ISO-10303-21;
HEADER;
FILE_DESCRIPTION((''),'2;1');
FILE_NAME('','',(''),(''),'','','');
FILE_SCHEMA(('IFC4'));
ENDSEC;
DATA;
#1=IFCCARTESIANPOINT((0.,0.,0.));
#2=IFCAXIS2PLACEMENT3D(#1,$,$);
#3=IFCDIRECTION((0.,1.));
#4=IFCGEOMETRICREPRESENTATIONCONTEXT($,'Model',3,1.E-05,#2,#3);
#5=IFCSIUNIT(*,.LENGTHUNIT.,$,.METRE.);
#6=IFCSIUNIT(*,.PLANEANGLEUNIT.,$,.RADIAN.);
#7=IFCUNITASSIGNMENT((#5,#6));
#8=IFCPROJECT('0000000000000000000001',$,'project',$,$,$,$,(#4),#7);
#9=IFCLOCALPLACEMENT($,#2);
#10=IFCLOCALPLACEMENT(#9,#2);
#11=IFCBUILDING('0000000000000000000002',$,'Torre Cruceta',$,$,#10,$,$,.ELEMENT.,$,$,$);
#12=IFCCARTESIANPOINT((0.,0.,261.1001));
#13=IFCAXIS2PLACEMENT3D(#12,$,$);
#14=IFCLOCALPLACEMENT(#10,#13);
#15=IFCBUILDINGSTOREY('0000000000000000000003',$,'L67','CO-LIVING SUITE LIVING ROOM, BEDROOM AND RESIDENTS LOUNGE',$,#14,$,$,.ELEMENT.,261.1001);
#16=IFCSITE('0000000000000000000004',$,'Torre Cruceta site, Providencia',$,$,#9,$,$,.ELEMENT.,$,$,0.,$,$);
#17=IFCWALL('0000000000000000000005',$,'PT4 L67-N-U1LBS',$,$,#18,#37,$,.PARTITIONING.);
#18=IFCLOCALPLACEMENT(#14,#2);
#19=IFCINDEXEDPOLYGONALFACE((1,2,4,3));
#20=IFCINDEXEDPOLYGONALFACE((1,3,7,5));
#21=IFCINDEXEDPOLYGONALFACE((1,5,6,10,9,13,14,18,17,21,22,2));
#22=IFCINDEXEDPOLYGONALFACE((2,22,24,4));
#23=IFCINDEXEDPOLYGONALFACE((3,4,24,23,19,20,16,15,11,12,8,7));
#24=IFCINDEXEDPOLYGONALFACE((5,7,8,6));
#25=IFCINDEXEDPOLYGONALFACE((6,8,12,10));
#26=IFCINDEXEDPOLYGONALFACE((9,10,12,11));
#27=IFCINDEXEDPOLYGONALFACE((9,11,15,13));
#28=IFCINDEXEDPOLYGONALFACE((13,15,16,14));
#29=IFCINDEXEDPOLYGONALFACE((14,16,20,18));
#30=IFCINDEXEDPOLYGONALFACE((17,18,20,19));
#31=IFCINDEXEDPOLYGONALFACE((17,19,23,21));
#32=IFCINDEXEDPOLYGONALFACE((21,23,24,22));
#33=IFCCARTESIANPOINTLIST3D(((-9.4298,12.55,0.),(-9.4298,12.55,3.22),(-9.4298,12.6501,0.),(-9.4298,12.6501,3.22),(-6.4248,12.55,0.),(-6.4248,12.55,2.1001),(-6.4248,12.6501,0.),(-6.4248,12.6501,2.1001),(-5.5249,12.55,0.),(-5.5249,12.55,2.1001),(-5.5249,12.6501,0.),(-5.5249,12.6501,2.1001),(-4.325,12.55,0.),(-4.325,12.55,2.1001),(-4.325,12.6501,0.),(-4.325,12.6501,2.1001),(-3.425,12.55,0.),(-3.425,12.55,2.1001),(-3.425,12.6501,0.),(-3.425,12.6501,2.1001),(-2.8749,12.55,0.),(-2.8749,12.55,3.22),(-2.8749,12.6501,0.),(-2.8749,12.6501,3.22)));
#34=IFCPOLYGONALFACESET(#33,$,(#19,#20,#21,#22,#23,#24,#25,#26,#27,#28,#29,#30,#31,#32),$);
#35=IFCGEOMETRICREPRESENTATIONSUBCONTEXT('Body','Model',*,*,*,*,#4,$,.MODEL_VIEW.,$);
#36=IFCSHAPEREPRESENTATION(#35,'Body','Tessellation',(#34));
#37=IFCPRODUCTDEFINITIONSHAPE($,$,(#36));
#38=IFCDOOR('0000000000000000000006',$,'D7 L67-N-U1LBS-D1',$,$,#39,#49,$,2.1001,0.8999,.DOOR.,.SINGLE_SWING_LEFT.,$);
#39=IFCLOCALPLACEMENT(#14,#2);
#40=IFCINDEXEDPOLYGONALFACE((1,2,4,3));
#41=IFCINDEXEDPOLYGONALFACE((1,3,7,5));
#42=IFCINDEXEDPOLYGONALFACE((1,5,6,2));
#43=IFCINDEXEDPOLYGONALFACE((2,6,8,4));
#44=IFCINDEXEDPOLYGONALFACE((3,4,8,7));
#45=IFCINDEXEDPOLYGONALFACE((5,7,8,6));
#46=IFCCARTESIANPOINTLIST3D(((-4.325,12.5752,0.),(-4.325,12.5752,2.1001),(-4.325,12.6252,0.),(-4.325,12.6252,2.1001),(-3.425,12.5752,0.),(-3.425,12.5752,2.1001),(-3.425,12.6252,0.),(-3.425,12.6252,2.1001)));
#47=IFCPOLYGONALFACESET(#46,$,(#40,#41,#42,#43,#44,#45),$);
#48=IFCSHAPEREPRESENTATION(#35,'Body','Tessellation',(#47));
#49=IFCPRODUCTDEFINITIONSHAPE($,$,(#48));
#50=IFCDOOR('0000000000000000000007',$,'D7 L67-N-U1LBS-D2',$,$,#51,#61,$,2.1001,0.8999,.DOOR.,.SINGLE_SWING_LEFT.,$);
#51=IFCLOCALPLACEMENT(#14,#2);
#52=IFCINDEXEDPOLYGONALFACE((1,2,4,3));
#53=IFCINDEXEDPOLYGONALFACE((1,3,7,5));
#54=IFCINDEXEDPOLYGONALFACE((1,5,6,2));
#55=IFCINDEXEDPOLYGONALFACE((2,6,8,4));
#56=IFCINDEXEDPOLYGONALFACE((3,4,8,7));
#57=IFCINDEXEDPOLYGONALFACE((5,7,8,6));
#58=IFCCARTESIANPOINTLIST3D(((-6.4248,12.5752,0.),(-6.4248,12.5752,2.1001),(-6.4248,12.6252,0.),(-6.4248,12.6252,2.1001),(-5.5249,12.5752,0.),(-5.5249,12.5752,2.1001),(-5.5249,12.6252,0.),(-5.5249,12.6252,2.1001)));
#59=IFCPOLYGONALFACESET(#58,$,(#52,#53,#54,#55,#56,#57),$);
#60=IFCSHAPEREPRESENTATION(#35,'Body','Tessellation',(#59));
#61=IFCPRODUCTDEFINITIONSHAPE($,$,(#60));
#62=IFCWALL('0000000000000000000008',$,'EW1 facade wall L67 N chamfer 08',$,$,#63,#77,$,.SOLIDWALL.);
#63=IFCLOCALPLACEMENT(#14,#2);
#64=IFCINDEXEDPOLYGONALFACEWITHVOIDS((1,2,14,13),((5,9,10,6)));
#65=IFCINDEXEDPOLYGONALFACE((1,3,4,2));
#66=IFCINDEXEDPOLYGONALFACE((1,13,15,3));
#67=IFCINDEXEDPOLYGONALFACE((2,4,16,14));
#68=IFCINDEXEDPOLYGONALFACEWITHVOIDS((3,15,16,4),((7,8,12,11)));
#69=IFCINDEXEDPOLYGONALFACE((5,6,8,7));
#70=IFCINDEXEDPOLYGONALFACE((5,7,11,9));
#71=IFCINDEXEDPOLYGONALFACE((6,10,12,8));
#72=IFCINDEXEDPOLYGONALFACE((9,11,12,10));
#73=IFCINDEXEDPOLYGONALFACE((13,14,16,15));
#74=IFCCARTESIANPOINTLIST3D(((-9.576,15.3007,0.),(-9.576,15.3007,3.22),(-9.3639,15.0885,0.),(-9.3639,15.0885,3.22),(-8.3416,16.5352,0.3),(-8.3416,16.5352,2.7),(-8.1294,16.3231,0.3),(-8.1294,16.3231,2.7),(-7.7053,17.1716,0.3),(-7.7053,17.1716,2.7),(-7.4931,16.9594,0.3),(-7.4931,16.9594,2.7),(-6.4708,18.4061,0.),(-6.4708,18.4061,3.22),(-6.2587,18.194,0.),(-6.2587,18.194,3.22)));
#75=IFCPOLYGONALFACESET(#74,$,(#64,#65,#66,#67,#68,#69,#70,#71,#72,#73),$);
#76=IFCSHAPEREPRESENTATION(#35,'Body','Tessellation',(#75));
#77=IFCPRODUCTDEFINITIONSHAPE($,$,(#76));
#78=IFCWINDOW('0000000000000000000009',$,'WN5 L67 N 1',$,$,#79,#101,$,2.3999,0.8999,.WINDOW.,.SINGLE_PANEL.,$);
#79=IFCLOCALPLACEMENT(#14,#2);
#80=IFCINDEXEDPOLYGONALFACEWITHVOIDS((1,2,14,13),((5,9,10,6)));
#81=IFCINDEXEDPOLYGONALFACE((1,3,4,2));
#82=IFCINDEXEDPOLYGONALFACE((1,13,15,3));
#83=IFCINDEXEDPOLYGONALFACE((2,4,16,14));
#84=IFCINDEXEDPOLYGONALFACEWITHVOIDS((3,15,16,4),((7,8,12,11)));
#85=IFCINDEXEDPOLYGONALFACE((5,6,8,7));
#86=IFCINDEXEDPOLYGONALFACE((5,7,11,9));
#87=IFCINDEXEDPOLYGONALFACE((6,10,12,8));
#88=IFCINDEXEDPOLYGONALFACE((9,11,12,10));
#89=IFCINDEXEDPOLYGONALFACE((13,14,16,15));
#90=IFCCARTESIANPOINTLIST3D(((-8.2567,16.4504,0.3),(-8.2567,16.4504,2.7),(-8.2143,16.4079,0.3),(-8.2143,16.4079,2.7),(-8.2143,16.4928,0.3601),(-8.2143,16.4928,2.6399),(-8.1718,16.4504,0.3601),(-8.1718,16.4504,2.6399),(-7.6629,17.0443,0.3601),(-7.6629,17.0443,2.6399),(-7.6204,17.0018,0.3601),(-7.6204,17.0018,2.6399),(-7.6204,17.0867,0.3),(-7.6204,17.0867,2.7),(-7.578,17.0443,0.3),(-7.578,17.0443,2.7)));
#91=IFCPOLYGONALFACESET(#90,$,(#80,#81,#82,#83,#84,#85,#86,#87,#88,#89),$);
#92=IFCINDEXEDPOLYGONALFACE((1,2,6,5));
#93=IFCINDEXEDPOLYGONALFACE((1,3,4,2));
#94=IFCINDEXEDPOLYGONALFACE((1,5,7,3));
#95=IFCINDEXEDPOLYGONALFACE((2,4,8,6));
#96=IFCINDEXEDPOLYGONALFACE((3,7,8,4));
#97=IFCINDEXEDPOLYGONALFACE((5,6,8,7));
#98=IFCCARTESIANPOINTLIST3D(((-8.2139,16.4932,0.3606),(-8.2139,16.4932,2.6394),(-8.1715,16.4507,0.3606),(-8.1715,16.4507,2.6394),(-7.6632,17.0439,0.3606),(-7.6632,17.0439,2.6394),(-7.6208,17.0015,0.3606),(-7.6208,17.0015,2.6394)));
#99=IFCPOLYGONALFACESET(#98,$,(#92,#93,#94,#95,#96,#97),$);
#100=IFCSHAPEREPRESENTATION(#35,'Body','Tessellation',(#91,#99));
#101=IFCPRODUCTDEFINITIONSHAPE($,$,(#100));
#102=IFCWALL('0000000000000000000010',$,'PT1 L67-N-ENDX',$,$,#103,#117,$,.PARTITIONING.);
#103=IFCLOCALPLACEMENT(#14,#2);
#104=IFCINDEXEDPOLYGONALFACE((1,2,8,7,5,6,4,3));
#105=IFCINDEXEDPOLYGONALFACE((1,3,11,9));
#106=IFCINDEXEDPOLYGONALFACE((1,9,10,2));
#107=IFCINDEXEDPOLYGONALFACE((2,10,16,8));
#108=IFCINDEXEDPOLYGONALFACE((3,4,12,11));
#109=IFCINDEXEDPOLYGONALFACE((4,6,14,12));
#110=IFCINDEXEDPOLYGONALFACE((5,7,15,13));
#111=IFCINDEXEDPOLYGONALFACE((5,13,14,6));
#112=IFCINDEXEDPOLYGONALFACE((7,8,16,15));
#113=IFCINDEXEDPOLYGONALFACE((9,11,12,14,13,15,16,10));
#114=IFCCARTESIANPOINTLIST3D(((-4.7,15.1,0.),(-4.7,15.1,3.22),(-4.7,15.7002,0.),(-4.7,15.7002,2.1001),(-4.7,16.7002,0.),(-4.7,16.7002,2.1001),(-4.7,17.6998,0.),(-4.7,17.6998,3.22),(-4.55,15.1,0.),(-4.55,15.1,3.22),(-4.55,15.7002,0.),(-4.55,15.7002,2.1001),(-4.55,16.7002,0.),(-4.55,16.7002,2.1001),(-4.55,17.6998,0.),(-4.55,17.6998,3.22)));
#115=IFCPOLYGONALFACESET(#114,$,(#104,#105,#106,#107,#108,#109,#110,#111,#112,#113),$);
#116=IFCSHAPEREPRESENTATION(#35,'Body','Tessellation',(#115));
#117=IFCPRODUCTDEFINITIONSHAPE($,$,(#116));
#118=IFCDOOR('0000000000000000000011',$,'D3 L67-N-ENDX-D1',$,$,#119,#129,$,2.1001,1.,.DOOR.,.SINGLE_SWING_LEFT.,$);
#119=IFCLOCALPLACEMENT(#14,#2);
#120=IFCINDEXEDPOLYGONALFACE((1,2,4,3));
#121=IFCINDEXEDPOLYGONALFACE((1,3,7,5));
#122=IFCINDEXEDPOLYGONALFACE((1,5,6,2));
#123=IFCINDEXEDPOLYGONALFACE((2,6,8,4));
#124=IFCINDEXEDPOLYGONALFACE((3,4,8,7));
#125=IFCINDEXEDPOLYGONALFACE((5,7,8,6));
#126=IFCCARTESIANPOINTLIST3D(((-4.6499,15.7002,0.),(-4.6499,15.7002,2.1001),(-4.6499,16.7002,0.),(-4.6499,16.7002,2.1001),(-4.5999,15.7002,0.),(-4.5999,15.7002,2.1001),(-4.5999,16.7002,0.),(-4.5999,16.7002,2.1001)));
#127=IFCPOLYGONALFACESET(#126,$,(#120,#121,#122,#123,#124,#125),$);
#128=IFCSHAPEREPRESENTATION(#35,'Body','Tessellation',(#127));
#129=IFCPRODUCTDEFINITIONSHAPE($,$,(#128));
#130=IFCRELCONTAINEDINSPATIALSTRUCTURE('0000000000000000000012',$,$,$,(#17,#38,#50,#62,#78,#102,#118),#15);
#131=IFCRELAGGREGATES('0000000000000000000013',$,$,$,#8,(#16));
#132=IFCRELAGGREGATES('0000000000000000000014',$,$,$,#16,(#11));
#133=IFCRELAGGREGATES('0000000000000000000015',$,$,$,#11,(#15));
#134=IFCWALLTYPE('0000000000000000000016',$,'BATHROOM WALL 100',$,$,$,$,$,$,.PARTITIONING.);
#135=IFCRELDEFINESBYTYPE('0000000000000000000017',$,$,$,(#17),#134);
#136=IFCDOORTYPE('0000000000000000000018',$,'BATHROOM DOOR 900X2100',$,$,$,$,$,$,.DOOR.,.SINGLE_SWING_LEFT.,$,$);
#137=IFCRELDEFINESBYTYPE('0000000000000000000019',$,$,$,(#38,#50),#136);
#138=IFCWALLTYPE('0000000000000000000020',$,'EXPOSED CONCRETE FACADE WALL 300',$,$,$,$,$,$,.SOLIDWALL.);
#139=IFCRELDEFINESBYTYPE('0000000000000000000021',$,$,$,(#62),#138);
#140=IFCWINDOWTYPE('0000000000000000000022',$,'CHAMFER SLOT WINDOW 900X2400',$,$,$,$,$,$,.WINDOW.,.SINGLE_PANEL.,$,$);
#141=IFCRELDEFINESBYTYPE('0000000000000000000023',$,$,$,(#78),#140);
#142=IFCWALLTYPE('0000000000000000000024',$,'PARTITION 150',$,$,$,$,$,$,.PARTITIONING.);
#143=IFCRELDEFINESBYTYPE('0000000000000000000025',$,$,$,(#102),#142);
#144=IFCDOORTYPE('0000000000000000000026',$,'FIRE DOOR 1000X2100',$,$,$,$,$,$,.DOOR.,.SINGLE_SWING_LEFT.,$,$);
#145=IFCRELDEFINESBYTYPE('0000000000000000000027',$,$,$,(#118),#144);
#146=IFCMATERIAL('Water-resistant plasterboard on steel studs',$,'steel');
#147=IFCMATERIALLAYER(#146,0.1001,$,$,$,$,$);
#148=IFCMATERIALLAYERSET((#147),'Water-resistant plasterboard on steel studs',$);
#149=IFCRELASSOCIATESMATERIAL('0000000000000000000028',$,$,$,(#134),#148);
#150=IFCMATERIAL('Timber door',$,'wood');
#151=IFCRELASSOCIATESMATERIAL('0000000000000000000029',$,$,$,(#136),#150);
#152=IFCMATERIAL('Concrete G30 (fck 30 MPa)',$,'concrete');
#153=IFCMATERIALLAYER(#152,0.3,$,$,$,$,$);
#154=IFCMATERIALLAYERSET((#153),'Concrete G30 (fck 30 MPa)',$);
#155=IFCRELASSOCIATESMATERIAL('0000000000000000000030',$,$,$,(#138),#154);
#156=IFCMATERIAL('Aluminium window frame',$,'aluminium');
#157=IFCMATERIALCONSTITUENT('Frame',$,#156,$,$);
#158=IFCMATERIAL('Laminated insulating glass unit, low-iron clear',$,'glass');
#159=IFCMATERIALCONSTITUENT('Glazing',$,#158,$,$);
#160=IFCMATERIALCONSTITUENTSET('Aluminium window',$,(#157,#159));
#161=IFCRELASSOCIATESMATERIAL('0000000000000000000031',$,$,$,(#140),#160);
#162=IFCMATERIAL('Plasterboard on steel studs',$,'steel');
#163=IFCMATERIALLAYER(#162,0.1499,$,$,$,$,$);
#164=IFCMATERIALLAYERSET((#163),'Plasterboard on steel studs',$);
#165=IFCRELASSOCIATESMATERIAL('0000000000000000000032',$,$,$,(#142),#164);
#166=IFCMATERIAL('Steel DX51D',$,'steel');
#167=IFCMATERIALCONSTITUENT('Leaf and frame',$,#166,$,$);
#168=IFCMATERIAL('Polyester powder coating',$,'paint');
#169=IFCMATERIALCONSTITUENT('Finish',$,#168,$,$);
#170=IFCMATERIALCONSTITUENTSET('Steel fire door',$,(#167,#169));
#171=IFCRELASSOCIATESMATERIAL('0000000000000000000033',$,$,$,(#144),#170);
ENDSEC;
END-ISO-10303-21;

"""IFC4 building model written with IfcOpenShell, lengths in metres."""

from ifc_helpers import new_model, si_unit, direction, frame, frame_2d, origin, place, context, subcontext, project, spatial, rectangle, hollow_rectangle, extrude, material, layer, layer_set, constituent, constituent_set, type_object, element, fill, save


model = new_model("IFC4")

# Units and contexts
model_context = context("Model", 3, precision=1e-05, world=origin(), true_north=direction((0.0, 1.0)))
body_context = subcontext(model_context, "Body", "Model", "MODEL_VIEW")
ifc_project = project(units=[si_unit("LENGTHUNIT", "METRE"), si_unit("PLANEANGLEUNIT", "RADIAN")], contexts=[model_context])

# Site, building, storey
site_placement = place(None, origin())
site = spatial("IfcSite", under=ifc_project, at=site_placement, Name="Torre Cruceta site, Providencia", CompositionType="ELEMENT", RefElevation=0.0)
building_placement = place(site_placement, origin())
building = spatial("IfcBuilding", under=site, at=building_placement, Name="Torre Cruceta", CompositionType="ELEMENT")
storey_placement = place(building_placement, frame((0.0, 0.0, 261.1001)))
storey = spatial("IfcBuildingStorey", under=building, at=storey_placement, Name="L67", Description="CO-LIVING SUITE LIVING ROOM, BEDROOM AND RESIDENTS LOUNGE", CompositionType="ELEMENT", Elevation=261.1001)

# Shared definitions
ifc_material_1 = material(Name="Water-resistant plasterboard on steel studs", Category="steel")
ifc_layer_1 = layer(ifc_material_1, 0.1001)
ifc_layer_set_1 = layer_set([ifc_layer_1], Name="Water-resistant plasterboard on steel studs")
wall_type_1 = type_object("IfcWallType", Name="BATHROOM WALL 100", PredefinedType="PARTITIONING", material=ifc_layer_set_1)

# Wall, openings, doors
wall_1_placement = place(storey_placement, frame((-2.875, 12.6001, 0.0), z_axis=(0.0, 0.0, 1.0), x_axis=(-1.0, 0.0, 0.0)))
wall_1 = element("IfcWall", 1, at=wall_1_placement, inside=storey, type_object=wall_type_1, Name="PT4 L67-N-U1LBS", PredefinedType="PARTITIONING", context=body_context, shape_type="SweptSolid", body=[
    extrude(rectangle(XDim=6.5549, YDim=0.1001, at=frame_2d((3.2773, 0.0))), origin(), (0.0, 0.0, 1.0), 3.22),
])
opening_1_placement = place(wall_1_placement, frame((0.55, 0.0, 0.0)))
opening_1 = element("IfcOpeningElement", 2, at=opening_1_placement, cuts=wall_1, PredefinedType="OPENING", context=body_context, shape_type="SweptSolid", body=[
    extrude(rectangle(XDim=0.8999, YDim=2.1001, at=frame_2d((0.45, 1.05))), frame((0.0, 0.0601, 0.0), z_axis=(0.0, -1.0, 0.0), x_axis=(1.0, 0.0, 0.0)), (0.0, 0.0, 1.0), 0.1201),
])
opening_2_placement = place(wall_1_placement, frame((2.6499, 0.0, 0.0)))
opening_2 = element("IfcOpeningElement", 3, at=opening_2_placement, cuts=wall_1, PredefinedType="OPENING", context=body_context, shape_type="SweptSolid", body=[
    extrude(rectangle(XDim=0.8999, YDim=2.1001, at=frame_2d((0.45, 1.05))), frame((0.0, 0.0601, 0.0), z_axis=(0.0, -1.0, 0.0), x_axis=(1.0, 0.0, 0.0)), (0.0, 0.0, 1.0), 0.1201),
])
ifc_material_2 = material(Name="Timber door", Category="wood")
door_type_1 = type_object("IfcDoorType", Name="BATHROOM DOOR 900X2100", OperationType="SINGLE_SWING_LEFT", PredefinedType="DOOR", material=ifc_material_2)
door_1_placement = place(opening_1_placement, origin())
door_1 = element("IfcDoor", 4, at=door_1_placement, inside=storey, type_object=door_type_1, Name="D7 L67-N-U1LBS-D1", OperationType="SINGLE_SWING_LEFT", OverallHeight=2.1001, OverallWidth=0.8999, PredefinedType="DOOR", context=body_context, shape_type="SweptSolid", body=[
    extrude(rectangle(XDim=0.8999, YDim=2.1001, at=frame_2d((0.45, 1.05))), frame((0.0, 0.0249, 0.0), z_axis=(0.0, -1.0, 0.0), x_axis=(1.0, 0.0, 0.0)), (0.0, 0.0, 1.0), 0.05),
])
fill(opening_1, door_1)
door_2_placement = place(opening_2_placement, origin())
door_2 = element("IfcDoor", 5, at=door_2_placement, inside=storey, type_object=door_type_1, Name="D7 L67-N-U1LBS-D2", OperationType="SINGLE_SWING_LEFT", OverallHeight=2.1001, OverallWidth=0.8999, PredefinedType="DOOR", context=body_context, shape_type="SweptSolid", body=[
    extrude(rectangle(XDim=0.8999, YDim=2.1001, at=frame_2d((0.45, 1.05))), frame((0.0, 0.0249, 0.0), z_axis=(0.0, -1.0, 0.0), x_axis=(1.0, 0.0, 0.0)), (0.0, 0.0, 1.0), 0.05),
])
fill(opening_2, door_2)

# Wall, opening, window
ifc_material_3 = material(Name="Concrete G30 (fck 30 MPa)", Category="concrete")
ifc_layer_2 = layer(ifc_material_3, 0.3)
ifc_layer_set_2 = layer_set([ifc_layer_2], Name="Concrete G30 (fck 30 MPa)")
wall_type_2 = type_object("IfcWallType", Name="EXPOSED CONCRETE FACADE WALL 300", PredefinedType="SOLIDWALL", material=ifc_layer_set_2)
wall_2_placement = place(storey_placement, frame((-6.3647, 18.3, 0.0), z_axis=(0.0, 0.0, 1.0), x_axis=(-0.707079, -0.707135, 0.0)))
wall_2 = element("IfcWall", 6, at=wall_2_placement, inside=storey, type_object=wall_type_2, Name="EW1 facade wall L67 N chamfer 08", PredefinedType="SOLIDWALL", context=body_context, shape_type="SweptSolid", body=[
    extrude(rectangle(XDim=4.3916, YDim=0.3, at=frame_2d((2.1958, 0.0))), origin(), (0.0, 0.0, 1.0), 3.22),
])
opening_3_placement = place(wall_2_placement, frame((1.7458, 0.0, 0.3)))
opening_3 = element("IfcOpeningElement", 7, at=opening_3_placement, cuts=wall_2, PredefinedType="OPENING", context=body_context, shape_type="SweptSolid", body=[
    extrude(rectangle(XDim=0.8999, YDim=2.3999, at=frame_2d((0.45, 1.2))), frame((0.0, 0.1599, 0.0), z_axis=(0.0, -1.0, 0.0), x_axis=(1.0, 0.0, 0.0)), (0.0, 0.0, 1.0), 0.3201),
])
ifc_material_4 = material(Name="Aluminium window frame", Category="aluminium")
ifc_constituent_1 = constituent(ifc_material_4, Name="Frame")
ifc_material_5 = material(Name="Laminated insulating glass unit, low-iron clear", Category="glass")
ifc_constituent_2 = constituent(ifc_material_5, Name="Glazing")
ifc_constituent_set_1 = constituent_set(constituents=[ifc_constituent_1, ifc_constituent_2], Name="Aluminium window")
window_type = type_object("IfcWindowType", Name="CHAMFER SLOT WINDOW 900X2400", PartitioningType="SINGLE_PANEL", PredefinedType="WINDOW", material=ifc_constituent_set_1)
window_placement = place(opening_3_placement, origin())
window = element("IfcWindow", 8, at=window_placement, inside=storey, type_object=window_type, Name="WN5 L67 N 1", OverallHeight=2.3999, OverallWidth=0.8999, PartitioningType="SINGLE_PANEL", PredefinedType="WINDOW", context=body_context, shape_type="SweptSolid", body=[
    extrude(hollow_rectangle(XDim=0.8999, YDim=2.3999, WallThickness=0.0601, at=frame_2d((0.45, 1.2))), frame((0.0, 0.03, 0.0), z_axis=(0.0, -1.0, 0.0), x_axis=(1.0, 0.0, 0.0)), (0.0, 0.0, 1.0), 0.0601),
    extrude(rectangle(XDim=0.7788, YDim=2.2788, at=frame_2d((0.45, 1.2))), frame((0.0, 0.03, 0.0), z_axis=(0.0, -1.0, 0.0), x_axis=(1.0, 0.0, 0.0)), (0.0, 0.0, 1.0), 0.0601),
])
fill(opening_3, window)

# Wall, opening, door
ifc_material_6 = material(Name="Plasterboard on steel studs", Category="steel")
ifc_layer_3 = layer(ifc_material_6, 0.1499)
ifc_layer_set_3 = layer_set([ifc_layer_3], Name="Plasterboard on steel studs")
wall_type_3 = type_object("IfcWallType", Name="PARTITION 150", PredefinedType="PARTITIONING", material=ifc_layer_set_3)
wall_3_placement = place(storey_placement, frame((-4.625, 15.1001, 0.0), z_axis=(0.0, 0.0, 1.0), x_axis=(0.0, 1.0, 0.0)))
wall_3 = element("IfcWall", 9, at=wall_3_placement, inside=storey, type_object=wall_type_3, Name="PT1 L67-N-ENDX", PredefinedType="PARTITIONING", context=body_context, shape_type="SweptSolid", body=[
    extrude(rectangle(XDim=2.5999, YDim=0.1499, at=frame_2d((1.2998, 0.0))), origin(), (0.0, 0.0, 1.0), 3.22),
])
opening_4_placement = place(wall_3_placement, frame((0.6001, 0.0, 0.0)))
opening_4 = element("IfcOpeningElement", 10, at=opening_4_placement, cuts=wall_3, PredefinedType="OPENING", context=body_context, shape_type="SweptSolid", body=[
    extrude(rectangle(XDim=1.0, YDim=2.1001, at=frame_2d((0.5, 1.05))), frame((0.0, 0.085, 0.0), z_axis=(0.0, -1.0, 0.0), x_axis=(1.0, 0.0, 0.0)), (0.0, 0.0, 1.0), 0.1699),
])
ifc_material_7 = material(Name="Steel DX51D", Category="steel")
ifc_constituent_3 = constituent(ifc_material_7, Name="Leaf and frame")
ifc_material_8 = material(Name="Polyester powder coating", Category="paint")
ifc_constituent_4 = constituent(ifc_material_8, Name="Finish")
ifc_constituent_set_2 = constituent_set(constituents=[ifc_constituent_3, ifc_constituent_4], Name="Steel fire door")
door_type_2 = type_object("IfcDoorType", Name="FIRE DOOR 1000X2100", OperationType="SINGLE_SWING_LEFT", PredefinedType="DOOR", material=ifc_constituent_set_2)
door_3_placement = place(opening_4_placement, origin())
door_3 = element("IfcDoor", 11, at=door_3_placement, inside=storey, type_object=door_type_2, Name="D3 L67-N-ENDX-D1", OperationType="SINGLE_SWING_LEFT", OverallHeight=2.1001, OverallWidth=1.0, PredefinedType="DOOR", context=body_context, shape_type="SweptSolid", body=[
    extrude(rectangle(XDim=1.0, YDim=2.1001, at=frame_2d((0.5, 1.05))), frame((0.0, 0.0249, 0.0), z_axis=(0.0, -1.0, 0.0), x_axis=(1.0, 0.0, 0.0)), (0.0, 0.0, 1.0), 0.05),
])
fill(opening_4, door_3)

save(model, "model.ifc")
